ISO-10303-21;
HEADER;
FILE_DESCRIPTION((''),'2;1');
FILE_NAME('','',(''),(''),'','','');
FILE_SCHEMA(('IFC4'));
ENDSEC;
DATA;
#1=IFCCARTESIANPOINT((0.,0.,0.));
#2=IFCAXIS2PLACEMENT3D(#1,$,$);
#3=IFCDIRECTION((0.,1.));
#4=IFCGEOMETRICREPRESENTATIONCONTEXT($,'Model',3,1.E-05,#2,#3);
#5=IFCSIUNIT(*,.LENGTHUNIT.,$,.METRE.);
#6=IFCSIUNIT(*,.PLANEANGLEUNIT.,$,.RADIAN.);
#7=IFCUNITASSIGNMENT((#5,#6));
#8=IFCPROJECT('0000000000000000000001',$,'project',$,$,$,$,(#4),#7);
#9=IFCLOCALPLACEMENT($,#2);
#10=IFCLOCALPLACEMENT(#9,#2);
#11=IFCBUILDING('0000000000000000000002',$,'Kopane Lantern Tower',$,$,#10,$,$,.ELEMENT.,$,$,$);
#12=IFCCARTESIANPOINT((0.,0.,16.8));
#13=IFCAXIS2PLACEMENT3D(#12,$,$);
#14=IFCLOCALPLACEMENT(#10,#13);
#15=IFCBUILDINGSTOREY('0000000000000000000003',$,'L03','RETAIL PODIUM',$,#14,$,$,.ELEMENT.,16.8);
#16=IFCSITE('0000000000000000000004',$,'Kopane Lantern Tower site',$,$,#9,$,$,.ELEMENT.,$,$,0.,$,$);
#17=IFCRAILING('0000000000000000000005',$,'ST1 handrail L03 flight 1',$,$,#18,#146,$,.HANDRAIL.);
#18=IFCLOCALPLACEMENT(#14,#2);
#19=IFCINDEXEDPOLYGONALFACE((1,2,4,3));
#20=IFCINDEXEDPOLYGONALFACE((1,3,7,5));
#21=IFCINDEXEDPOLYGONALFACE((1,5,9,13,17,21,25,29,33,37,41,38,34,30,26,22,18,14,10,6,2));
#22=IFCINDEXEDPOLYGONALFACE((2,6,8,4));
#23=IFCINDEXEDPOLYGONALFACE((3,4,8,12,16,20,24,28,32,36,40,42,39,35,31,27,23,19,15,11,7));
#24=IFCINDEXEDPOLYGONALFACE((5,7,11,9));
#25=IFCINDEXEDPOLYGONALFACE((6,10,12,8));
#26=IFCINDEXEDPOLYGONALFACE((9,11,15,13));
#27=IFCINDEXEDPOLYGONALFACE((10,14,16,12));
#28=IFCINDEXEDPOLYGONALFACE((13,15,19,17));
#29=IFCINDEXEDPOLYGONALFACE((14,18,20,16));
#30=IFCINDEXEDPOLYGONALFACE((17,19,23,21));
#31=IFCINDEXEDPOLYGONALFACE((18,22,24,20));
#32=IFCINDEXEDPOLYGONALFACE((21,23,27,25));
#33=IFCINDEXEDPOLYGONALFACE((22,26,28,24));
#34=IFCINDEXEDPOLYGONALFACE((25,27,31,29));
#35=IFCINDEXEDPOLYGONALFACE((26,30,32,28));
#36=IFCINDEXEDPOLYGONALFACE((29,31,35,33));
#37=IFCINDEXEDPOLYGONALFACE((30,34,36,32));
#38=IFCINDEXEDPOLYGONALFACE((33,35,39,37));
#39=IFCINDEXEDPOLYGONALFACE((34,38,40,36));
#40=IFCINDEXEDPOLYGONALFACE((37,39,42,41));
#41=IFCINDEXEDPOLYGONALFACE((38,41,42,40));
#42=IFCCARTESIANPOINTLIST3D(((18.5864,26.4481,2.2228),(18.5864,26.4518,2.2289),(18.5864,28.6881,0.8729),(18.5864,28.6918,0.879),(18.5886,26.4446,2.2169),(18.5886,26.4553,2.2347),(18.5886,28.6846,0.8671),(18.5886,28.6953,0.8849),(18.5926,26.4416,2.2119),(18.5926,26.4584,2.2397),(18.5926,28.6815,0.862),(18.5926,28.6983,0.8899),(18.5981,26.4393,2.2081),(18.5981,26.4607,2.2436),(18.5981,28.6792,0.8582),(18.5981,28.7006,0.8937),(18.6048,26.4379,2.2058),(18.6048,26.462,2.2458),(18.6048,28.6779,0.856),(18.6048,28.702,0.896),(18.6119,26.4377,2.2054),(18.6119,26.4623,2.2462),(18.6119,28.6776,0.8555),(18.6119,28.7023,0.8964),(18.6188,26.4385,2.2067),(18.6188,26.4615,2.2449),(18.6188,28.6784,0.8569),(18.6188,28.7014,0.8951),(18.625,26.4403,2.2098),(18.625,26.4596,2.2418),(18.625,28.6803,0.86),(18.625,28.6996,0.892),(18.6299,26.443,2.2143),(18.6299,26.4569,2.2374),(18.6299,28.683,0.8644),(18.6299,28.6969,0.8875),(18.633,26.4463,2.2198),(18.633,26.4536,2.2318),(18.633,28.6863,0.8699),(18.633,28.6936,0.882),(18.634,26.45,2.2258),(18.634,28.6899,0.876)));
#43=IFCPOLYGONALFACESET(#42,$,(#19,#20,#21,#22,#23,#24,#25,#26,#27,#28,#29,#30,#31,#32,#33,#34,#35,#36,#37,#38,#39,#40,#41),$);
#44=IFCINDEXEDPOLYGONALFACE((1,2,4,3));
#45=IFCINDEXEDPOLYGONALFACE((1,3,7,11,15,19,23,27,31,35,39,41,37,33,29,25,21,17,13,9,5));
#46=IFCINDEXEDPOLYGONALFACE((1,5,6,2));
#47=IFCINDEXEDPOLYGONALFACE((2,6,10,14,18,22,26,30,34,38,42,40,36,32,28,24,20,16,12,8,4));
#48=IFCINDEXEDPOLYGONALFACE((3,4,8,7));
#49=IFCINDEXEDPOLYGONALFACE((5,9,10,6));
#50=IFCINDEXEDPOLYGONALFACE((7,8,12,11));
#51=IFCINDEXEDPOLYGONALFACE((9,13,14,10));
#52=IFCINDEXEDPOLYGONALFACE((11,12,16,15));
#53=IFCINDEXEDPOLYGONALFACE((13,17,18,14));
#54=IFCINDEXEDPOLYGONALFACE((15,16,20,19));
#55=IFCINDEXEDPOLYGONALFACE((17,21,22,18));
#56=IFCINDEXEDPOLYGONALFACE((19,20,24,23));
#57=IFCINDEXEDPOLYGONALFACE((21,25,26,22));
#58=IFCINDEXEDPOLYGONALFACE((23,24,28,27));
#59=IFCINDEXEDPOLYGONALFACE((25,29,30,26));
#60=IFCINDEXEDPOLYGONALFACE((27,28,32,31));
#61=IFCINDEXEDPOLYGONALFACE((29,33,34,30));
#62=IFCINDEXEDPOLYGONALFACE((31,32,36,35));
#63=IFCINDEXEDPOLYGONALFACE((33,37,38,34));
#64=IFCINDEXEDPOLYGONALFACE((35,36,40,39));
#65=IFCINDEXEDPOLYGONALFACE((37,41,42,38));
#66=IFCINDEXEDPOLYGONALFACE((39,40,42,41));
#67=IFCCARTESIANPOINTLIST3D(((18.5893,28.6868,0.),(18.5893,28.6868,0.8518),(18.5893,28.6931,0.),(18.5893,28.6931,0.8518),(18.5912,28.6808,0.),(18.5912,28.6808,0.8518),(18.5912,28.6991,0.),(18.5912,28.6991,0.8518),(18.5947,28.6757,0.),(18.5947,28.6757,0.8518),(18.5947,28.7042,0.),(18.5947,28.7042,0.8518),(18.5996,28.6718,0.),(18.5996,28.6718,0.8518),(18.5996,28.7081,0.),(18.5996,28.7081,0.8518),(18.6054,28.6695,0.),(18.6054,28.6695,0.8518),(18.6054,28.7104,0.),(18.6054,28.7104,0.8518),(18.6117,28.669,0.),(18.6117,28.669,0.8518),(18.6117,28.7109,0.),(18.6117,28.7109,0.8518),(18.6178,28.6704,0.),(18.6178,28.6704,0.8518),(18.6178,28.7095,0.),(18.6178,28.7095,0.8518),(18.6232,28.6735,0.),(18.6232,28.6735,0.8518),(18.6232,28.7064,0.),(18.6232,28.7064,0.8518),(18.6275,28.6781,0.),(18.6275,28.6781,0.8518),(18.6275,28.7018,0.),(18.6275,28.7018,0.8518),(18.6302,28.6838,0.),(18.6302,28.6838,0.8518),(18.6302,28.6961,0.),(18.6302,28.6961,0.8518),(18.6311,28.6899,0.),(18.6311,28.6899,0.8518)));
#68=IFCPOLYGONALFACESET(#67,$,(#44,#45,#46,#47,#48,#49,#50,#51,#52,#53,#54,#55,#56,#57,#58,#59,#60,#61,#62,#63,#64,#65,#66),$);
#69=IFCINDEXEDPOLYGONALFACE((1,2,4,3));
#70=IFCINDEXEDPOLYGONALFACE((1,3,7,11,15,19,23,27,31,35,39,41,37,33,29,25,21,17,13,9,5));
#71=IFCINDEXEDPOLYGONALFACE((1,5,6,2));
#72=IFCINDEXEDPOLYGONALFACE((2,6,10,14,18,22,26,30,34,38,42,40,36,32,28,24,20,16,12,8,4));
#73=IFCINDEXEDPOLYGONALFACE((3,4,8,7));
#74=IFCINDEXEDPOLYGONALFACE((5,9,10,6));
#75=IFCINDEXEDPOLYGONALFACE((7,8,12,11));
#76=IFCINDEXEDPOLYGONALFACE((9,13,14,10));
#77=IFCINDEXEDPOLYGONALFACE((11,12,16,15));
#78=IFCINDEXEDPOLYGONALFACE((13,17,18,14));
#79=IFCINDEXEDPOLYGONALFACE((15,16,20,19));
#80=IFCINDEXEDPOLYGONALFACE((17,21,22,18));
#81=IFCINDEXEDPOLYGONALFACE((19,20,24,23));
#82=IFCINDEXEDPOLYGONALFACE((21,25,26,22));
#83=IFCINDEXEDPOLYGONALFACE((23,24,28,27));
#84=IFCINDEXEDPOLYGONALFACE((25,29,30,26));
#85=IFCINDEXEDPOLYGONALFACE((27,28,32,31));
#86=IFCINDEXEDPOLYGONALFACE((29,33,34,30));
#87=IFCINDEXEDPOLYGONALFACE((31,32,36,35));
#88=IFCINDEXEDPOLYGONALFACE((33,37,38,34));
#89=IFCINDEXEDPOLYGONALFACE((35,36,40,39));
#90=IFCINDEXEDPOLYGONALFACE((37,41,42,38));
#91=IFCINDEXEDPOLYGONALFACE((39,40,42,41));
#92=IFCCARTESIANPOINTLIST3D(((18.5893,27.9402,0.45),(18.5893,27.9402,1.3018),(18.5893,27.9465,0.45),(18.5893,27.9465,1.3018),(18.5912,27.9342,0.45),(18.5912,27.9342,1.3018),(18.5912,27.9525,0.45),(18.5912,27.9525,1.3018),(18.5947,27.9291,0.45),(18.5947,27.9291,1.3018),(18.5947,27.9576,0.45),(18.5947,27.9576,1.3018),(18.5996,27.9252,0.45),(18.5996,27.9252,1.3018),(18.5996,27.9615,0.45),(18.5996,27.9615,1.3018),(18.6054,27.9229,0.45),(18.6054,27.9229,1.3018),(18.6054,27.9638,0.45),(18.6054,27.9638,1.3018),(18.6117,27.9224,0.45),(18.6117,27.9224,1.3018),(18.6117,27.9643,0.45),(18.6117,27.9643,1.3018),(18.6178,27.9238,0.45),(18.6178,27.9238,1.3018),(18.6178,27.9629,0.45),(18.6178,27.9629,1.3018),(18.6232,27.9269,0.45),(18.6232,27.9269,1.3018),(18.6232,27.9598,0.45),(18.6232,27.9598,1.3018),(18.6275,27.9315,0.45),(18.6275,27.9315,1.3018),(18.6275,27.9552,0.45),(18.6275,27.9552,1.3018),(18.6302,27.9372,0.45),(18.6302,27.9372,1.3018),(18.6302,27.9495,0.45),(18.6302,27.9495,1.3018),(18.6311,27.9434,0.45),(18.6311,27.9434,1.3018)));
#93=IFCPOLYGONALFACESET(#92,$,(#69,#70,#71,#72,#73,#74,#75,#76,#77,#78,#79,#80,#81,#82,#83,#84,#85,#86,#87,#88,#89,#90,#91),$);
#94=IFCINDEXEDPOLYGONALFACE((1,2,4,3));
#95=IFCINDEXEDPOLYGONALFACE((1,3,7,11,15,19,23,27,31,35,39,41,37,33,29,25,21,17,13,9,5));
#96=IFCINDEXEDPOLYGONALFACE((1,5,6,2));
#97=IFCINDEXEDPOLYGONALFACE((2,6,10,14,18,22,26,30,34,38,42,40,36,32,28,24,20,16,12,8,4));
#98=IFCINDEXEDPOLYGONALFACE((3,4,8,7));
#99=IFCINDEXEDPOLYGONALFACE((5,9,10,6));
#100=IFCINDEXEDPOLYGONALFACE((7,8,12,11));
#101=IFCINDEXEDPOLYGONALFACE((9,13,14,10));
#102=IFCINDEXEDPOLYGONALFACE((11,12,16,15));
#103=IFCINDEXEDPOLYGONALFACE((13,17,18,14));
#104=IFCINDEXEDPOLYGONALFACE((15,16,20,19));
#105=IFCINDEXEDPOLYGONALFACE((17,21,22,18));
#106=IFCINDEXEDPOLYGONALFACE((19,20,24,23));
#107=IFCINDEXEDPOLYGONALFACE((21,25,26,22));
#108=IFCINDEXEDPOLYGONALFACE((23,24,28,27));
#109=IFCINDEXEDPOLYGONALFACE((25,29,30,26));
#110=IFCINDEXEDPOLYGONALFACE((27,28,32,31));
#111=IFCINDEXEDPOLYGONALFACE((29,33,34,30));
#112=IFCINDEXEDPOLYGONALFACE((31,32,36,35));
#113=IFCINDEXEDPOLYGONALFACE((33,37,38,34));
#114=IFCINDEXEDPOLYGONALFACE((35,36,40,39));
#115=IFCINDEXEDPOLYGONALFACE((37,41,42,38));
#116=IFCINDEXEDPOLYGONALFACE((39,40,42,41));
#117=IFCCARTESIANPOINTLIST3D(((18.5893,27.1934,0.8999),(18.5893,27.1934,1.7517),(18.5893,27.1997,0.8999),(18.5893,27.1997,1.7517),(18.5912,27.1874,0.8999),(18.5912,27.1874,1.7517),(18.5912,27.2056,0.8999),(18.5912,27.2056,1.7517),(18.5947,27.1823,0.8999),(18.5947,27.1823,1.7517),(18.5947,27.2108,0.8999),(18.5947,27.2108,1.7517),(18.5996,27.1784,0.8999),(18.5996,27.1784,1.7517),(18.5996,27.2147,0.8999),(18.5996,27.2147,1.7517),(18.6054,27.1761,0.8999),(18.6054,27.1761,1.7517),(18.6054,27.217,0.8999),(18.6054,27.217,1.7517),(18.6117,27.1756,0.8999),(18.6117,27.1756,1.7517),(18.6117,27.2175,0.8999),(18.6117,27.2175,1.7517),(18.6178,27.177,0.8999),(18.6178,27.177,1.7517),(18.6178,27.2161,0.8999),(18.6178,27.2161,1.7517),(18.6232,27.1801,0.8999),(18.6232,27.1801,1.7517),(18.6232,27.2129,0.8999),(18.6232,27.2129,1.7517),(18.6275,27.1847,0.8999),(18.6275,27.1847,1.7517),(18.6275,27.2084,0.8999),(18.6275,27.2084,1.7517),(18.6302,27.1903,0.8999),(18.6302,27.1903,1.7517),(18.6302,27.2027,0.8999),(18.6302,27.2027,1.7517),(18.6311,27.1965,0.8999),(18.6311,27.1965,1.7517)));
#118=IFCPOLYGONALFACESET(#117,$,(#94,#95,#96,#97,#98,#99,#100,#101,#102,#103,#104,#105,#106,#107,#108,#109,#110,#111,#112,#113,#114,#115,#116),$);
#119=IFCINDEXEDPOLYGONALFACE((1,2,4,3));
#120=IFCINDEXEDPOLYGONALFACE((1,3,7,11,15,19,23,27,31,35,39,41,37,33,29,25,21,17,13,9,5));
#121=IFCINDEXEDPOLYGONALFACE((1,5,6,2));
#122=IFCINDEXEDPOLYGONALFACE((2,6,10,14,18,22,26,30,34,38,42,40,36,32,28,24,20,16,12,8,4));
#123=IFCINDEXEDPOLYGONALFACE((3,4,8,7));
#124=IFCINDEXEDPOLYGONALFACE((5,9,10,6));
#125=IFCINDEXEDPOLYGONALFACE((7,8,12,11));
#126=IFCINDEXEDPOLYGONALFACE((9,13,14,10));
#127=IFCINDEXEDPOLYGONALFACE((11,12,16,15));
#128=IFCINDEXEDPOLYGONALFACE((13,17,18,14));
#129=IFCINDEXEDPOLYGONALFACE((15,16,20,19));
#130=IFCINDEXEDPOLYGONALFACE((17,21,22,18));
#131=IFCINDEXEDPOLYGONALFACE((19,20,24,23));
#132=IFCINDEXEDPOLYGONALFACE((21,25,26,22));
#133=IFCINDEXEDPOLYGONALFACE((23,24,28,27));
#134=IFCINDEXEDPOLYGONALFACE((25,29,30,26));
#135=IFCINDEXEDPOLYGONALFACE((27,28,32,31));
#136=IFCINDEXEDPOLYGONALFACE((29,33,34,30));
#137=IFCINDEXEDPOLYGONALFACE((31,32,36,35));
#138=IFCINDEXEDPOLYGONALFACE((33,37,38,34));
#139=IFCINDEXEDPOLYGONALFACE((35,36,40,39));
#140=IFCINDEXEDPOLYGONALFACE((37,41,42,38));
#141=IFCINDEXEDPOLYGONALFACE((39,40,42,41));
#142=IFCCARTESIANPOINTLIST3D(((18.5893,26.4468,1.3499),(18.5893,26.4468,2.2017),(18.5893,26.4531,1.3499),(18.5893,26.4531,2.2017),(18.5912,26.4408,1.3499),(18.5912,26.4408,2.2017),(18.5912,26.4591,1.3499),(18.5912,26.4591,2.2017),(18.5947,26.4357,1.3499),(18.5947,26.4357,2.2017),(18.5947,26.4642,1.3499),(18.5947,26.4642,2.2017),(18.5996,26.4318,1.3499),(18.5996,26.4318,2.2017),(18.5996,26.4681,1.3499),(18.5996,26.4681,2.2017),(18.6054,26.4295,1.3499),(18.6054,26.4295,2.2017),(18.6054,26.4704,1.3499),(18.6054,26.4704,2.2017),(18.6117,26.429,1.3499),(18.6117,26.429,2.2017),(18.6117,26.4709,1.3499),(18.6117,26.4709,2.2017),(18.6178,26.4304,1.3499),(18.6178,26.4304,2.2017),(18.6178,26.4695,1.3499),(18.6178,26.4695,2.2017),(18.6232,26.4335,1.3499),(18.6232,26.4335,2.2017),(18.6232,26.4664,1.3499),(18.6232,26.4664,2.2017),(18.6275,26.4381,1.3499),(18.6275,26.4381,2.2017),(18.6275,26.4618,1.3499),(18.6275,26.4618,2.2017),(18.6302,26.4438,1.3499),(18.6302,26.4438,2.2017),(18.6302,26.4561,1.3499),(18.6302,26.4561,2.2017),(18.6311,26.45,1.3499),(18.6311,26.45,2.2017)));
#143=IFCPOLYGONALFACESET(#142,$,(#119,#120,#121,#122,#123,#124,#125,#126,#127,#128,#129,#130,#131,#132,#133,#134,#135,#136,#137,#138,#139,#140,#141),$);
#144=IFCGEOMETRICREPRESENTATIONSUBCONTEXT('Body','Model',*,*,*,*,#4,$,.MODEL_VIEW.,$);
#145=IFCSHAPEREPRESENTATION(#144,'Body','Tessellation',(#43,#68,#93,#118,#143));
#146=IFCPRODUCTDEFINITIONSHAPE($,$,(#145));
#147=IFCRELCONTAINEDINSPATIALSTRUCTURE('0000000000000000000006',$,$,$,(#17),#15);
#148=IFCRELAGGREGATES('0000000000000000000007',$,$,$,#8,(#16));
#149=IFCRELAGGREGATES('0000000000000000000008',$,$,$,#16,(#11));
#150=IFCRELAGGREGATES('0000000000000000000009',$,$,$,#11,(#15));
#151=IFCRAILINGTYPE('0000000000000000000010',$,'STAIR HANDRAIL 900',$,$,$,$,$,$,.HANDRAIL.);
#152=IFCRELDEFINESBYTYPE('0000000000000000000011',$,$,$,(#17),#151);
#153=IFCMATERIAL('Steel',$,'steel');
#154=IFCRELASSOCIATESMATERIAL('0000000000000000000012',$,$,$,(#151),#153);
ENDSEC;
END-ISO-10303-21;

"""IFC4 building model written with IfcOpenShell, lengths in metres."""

from ifc_helpers import new_model, si_unit, direction, frame, origin, origin_2d, place, context, subcontext, project, spatial, circle, extrude, material, type_object, element, save


model = new_model("IFC4")

# Units and contexts
model_context = context("Model", 3, precision=1e-05, world=origin(), true_north=direction((0.0, 1.0)))
body_context = subcontext(model_context, "Body", "Model", "MODEL_VIEW")
ifc_project = project(units=[si_unit("LENGTHUNIT", "METRE"), si_unit("PLANEANGLEUNIT", "RADIAN")], contexts=[model_context])

# Site, building, storey
site_placement = place(None, origin())
site = spatial("IfcSite", under=ifc_project, at=site_placement, Name="Kopane Lantern Tower site", CompositionType="ELEMENT", RefElevation=0.0)
building_placement = place(site_placement, origin())
building = spatial("IfcBuilding", under=site, at=building_placement, Name="Kopane Lantern Tower", CompositionType="ELEMENT")
storey_placement = place(building_placement, frame((0.0, 0.0, 16.8)))
storey = spatial("IfcBuildingStorey", under=building, at=storey_placement, Name="L03", Description="RETAIL PODIUM", CompositionType="ELEMENT", Elevation=16.8)

# Railing
ifc_material_1 = material(Name="Steel", Category="steel")
railing_type_1 = type_object("IfcRailingType", Name="STAIR HANDRAIL 900", PredefinedType="HANDRAIL", material=ifc_material_1)
for number, where, name in (
    (1, (18.6101, 28.6899, 0.0), "ST1 handrail L03 flight 1"),
):
    element("IfcRailing", number, at=place(storey_placement, frame(where)), inside=storey, type_object=railing_type_1, Name=name, PredefinedType="HANDRAIL", context=body_context, shape_type="SweptSolid", body=[
        extrude(circle(Radius=0.0239, at=origin_2d()), frame((0.0, 0.0, 0.876), z_axis=(0.0, -0.856503, 0.516142), x_axis=(1.0, 0.0, 0.0)), (0.0, 0.0, 1.0), 2.6152),
        extrude(circle(Radius=0.021, at=origin_2d()), origin(), (0.0, 0.0, 1.0), 0.8518),
        extrude(circle(Radius=0.021, at=origin_2d()), frame((0.0, -0.7466, 0.45)), (0.0, 0.0, 1.0), 0.8518),
        extrude(circle(Radius=0.021, at=origin_2d()), frame((0.0, -1.4934, 0.8999)), (0.0, 0.0, 1.0), 0.8518),
        extrude(circle(Radius=0.021, at=origin_2d()), frame((0.0, -2.24, 1.3499)), (0.0, 0.0, 1.0), 0.8518),
    ])

save(model, "model.ifc")
